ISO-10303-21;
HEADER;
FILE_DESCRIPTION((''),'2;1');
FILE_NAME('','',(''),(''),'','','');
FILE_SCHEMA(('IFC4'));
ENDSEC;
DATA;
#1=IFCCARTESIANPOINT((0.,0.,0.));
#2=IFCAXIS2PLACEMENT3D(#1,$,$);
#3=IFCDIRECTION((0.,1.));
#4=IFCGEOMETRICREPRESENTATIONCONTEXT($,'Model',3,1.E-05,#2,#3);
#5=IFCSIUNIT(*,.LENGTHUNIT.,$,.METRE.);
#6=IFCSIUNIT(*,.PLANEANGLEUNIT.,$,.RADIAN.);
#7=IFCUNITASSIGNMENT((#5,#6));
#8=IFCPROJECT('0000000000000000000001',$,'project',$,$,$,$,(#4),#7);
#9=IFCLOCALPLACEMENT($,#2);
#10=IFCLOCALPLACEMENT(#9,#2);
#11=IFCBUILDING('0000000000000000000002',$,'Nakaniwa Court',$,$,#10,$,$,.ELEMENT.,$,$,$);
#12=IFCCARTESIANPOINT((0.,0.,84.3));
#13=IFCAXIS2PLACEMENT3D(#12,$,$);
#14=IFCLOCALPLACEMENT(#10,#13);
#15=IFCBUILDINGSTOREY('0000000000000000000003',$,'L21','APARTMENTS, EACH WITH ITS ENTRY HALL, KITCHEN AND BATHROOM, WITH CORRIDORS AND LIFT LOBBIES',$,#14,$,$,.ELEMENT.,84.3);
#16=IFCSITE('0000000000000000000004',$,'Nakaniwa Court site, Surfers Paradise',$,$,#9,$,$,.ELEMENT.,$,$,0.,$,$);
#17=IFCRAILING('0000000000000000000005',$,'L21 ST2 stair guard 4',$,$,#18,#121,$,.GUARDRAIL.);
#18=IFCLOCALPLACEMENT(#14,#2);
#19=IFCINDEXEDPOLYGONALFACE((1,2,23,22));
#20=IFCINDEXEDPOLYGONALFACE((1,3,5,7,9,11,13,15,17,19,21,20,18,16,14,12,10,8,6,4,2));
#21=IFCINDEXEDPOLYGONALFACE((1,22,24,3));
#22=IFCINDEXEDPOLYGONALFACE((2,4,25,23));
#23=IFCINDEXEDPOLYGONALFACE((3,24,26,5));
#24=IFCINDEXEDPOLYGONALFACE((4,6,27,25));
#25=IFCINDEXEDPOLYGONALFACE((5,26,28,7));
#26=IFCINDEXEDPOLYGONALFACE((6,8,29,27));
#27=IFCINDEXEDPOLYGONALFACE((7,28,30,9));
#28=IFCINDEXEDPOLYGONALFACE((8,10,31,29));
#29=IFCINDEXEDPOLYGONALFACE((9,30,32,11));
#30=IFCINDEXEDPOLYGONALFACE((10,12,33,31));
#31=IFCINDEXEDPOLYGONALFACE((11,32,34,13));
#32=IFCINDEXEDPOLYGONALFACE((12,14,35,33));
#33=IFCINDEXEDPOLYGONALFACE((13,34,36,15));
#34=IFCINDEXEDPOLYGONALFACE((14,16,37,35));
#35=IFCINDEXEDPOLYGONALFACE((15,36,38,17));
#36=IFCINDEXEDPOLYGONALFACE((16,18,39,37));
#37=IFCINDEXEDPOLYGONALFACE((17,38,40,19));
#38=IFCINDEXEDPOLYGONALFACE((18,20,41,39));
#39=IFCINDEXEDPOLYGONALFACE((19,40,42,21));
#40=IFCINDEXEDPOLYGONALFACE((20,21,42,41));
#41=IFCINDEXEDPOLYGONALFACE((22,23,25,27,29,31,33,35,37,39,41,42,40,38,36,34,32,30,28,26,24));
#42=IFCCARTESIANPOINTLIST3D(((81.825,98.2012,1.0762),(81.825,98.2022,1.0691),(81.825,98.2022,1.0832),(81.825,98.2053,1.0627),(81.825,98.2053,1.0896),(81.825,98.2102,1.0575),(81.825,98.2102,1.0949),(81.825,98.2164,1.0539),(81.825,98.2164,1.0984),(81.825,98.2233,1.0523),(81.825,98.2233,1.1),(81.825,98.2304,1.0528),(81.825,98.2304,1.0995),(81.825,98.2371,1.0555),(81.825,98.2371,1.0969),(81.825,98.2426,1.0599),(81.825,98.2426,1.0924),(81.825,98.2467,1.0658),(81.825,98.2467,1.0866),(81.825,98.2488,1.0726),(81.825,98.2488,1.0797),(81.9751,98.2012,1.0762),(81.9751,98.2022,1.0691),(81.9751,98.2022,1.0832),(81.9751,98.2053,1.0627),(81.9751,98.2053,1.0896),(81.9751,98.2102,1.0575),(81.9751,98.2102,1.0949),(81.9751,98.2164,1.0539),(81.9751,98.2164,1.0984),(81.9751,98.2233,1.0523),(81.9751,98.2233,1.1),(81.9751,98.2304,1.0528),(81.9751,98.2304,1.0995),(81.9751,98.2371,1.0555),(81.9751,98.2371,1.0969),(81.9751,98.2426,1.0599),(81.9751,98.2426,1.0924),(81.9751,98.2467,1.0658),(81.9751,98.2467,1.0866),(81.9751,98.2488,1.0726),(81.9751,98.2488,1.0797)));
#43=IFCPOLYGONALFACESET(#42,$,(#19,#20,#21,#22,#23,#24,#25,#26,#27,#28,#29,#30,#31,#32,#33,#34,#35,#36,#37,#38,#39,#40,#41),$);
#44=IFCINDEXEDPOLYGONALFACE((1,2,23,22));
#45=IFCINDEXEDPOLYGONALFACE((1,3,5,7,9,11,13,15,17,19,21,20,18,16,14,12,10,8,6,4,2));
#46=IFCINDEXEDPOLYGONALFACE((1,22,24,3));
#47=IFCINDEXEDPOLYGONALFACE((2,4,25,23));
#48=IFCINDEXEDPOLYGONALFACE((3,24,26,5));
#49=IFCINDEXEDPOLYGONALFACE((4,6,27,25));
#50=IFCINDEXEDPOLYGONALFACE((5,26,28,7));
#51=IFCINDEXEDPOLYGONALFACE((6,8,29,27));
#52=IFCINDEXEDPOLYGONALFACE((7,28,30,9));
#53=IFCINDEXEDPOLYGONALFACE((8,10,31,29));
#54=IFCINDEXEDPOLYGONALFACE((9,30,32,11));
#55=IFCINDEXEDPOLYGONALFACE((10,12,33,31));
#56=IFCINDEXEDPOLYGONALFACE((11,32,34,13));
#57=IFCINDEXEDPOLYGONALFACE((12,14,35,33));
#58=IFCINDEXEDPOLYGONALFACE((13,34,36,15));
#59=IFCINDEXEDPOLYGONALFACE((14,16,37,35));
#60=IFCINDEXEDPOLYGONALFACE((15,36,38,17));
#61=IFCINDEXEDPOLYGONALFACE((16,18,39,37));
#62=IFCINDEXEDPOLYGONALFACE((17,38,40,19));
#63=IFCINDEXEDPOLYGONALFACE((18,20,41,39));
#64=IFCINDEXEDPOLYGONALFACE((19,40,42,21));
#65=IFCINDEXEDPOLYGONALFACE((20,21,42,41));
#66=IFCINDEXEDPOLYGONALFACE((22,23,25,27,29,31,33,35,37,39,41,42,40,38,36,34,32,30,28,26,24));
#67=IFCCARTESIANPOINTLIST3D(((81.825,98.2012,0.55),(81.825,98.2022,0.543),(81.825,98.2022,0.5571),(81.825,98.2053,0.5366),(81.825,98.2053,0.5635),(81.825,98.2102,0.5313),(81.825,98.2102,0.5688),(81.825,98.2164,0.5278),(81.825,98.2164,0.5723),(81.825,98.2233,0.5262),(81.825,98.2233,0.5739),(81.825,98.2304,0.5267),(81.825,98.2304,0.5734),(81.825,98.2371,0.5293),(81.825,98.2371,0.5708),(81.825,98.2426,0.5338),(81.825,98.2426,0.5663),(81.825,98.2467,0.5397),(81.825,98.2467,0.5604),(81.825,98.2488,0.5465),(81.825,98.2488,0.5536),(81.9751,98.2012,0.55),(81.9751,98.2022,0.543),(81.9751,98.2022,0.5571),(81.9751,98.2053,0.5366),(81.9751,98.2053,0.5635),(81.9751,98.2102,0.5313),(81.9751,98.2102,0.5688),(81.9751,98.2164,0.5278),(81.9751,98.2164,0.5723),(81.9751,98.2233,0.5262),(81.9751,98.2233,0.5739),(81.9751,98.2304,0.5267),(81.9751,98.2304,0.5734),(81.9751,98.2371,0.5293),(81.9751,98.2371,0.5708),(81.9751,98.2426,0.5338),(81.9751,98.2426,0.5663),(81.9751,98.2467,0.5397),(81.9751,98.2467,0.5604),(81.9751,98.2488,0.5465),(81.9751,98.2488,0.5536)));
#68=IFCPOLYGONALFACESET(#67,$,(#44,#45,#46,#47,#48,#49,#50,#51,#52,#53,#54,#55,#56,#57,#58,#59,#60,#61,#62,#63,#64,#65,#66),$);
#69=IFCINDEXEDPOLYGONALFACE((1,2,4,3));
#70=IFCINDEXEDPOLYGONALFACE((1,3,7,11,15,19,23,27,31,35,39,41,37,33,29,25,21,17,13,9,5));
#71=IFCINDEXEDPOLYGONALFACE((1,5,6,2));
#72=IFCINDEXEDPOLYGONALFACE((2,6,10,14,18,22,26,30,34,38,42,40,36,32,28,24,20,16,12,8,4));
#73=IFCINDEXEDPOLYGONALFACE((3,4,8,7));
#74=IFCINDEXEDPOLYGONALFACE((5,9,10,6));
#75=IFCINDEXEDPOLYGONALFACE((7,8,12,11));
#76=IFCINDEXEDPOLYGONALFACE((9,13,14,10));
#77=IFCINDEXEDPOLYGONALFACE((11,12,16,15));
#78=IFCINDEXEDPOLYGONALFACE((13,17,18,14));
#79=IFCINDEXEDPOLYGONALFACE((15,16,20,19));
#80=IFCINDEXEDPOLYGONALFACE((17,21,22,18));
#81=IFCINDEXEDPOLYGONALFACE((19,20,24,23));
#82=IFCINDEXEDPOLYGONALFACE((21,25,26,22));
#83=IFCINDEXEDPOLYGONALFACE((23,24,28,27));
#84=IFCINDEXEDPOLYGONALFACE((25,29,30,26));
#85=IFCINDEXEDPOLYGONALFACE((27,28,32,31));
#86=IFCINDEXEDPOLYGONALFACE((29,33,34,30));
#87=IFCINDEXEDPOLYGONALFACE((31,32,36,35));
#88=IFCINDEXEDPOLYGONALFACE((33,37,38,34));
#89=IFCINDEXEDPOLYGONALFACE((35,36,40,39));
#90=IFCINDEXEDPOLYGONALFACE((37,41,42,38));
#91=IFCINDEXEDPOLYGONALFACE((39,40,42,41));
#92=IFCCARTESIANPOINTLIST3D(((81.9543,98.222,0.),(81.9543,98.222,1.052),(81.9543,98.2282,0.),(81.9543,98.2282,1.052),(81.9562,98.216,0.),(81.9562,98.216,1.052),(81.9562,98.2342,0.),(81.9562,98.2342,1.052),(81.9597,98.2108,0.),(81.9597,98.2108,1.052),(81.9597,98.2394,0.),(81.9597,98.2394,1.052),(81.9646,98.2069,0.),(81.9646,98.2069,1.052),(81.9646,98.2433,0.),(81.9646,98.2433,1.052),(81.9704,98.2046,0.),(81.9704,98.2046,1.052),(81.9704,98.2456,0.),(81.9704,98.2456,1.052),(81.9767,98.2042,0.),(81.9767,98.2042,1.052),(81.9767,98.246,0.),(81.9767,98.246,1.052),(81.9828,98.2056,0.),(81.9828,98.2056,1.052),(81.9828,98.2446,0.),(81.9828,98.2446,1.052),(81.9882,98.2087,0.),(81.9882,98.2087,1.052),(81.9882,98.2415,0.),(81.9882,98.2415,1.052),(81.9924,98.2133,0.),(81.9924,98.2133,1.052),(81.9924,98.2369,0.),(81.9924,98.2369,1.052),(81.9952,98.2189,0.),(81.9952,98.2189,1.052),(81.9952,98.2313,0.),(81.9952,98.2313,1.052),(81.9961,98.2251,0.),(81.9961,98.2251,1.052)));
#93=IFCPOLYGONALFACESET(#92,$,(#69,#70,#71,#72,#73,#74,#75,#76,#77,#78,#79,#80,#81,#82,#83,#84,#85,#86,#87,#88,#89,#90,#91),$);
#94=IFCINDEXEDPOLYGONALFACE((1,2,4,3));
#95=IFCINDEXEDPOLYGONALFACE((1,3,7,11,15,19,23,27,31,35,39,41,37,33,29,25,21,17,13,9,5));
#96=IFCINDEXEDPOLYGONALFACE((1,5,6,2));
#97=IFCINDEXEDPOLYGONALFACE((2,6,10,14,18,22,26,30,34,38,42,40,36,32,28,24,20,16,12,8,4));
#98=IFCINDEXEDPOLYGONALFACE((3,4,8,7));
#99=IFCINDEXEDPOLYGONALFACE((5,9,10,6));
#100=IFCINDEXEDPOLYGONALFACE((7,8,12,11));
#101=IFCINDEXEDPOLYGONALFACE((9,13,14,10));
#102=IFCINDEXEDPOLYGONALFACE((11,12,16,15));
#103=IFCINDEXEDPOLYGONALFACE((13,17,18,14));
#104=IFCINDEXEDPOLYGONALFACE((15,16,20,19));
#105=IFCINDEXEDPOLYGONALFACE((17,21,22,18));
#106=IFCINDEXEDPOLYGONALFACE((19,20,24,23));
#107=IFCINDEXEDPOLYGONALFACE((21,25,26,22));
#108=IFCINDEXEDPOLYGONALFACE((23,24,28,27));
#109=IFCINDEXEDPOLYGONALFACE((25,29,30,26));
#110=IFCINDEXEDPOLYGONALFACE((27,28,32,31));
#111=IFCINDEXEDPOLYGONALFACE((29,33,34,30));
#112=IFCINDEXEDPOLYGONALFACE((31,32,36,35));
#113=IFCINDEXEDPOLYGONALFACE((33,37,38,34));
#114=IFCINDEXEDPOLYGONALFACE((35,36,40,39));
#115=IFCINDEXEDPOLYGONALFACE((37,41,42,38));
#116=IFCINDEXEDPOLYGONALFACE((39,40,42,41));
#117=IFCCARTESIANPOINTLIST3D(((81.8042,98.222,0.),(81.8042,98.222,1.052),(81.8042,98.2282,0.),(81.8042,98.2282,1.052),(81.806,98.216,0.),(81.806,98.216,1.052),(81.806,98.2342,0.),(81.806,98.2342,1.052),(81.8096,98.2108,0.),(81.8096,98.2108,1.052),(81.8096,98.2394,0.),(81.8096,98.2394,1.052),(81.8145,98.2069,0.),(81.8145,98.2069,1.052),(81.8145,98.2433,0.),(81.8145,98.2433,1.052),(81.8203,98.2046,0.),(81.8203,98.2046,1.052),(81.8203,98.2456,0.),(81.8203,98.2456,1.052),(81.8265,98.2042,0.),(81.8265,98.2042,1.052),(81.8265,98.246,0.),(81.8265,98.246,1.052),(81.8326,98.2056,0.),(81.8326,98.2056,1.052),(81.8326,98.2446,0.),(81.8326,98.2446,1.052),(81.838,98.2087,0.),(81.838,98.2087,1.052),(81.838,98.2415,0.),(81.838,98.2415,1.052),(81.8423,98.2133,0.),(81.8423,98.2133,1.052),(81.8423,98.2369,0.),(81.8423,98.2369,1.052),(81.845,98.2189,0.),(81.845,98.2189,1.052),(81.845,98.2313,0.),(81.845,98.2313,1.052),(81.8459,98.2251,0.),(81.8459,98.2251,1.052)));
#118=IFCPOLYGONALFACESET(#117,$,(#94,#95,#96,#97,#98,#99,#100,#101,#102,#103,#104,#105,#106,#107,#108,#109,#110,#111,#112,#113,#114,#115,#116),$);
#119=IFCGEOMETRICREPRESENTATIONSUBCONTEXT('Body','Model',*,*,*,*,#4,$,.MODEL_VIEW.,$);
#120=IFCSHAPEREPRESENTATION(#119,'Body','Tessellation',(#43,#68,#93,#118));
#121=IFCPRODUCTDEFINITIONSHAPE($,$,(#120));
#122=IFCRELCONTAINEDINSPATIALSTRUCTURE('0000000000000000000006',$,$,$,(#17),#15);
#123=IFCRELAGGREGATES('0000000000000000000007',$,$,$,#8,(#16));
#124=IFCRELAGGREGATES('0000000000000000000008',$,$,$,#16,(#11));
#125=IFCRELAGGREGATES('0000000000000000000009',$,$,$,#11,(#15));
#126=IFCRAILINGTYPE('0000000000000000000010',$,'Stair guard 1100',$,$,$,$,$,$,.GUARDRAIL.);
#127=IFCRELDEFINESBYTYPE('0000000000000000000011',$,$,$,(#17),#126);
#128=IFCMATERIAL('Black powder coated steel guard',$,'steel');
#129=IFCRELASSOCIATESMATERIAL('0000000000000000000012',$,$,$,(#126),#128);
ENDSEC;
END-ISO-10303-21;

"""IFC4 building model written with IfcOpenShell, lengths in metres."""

from ifc_helpers import new_model, si_unit, direction, frame, origin, origin_2d, place, context, subcontext, project, spatial, circle, extrude, material, type_object, element, save


model = new_model("IFC4")

# Units and contexts
model_context = context("Model", 3, precision=1e-05, world=origin(), true_north=direction((0.0, 1.0)))
body_context = subcontext(model_context, "Body", "Model", "MODEL_VIEW")
ifc_project = project(units=[si_unit("LENGTHUNIT", "METRE"), si_unit("PLANEANGLEUNIT", "RADIAN")], contexts=[model_context])

# Site, building, storey
site_placement = place(None, origin())
site = spatial("IfcSite", under=ifc_project, at=site_placement, Name="Nakaniwa Court site, Surfers Paradise", CompositionType="ELEMENT", RefElevation=0.0)
building_placement = place(site_placement, origin())
building = spatial("IfcBuilding", under=site, at=building_placement, Name="Nakaniwa Court", CompositionType="ELEMENT")
storey_placement = place(building_placement, frame((0.0, 0.0, 84.3)))
storey = spatial("IfcBuildingStorey", under=building, at=storey_placement, Name="L21", Description="APARTMENTS, EACH WITH ITS ENTRY HALL, KITCHEN AND BATHROOM, WITH CORRIDORS AND LIFT LOBBIES", CompositionType="ELEMENT", Elevation=84.3)

# Railing
ifc_material_1 = material(Name="Black powder coated steel guard", Category="steel")
railing_type_1 = type_object("IfcRailingType", Name="Stair guard 1100", PredefinedType="GUARDRAIL", material=ifc_material_1)
railing_1_placement = place(storey_placement, frame((81.9751, 98.2251, 0.0)))
element("IfcRailing", 1, at=railing_1_placement, inside=storey, type_object=railing_type_1, Name="L21 ST2 stair guard 4", PredefinedType="GUARDRAIL", context=body_context, shape_type="SweptSolid", body=[
    extrude(circle(Radius=0.0239, at=origin_2d()), frame((0.0, 0.0, 1.0762), z_axis=(-1.0, 0.0, 0.0), x_axis=(0.0, -1.0, 0.0)), (0.0, 0.0, 1.0), 0.1501),
    extrude(circle(Radius=0.0239, at=origin_2d()), frame((0.0, 0.0, 0.55), z_axis=(-1.0, 0.0, 0.0), x_axis=(0.0, -1.0, 0.0)), (0.0, 0.0, 1.0), 0.1501),
    extrude(circle(Radius=0.021, at=origin_2d()), origin(), (0.0, 0.0, 1.0), 1.052),
    extrude(circle(Radius=0.021, at=origin_2d()), frame((-0.1501, 0.0, 0.0)), (0.0, 0.0, 1.0), 1.052),
])

save(model, "model.ifc")
